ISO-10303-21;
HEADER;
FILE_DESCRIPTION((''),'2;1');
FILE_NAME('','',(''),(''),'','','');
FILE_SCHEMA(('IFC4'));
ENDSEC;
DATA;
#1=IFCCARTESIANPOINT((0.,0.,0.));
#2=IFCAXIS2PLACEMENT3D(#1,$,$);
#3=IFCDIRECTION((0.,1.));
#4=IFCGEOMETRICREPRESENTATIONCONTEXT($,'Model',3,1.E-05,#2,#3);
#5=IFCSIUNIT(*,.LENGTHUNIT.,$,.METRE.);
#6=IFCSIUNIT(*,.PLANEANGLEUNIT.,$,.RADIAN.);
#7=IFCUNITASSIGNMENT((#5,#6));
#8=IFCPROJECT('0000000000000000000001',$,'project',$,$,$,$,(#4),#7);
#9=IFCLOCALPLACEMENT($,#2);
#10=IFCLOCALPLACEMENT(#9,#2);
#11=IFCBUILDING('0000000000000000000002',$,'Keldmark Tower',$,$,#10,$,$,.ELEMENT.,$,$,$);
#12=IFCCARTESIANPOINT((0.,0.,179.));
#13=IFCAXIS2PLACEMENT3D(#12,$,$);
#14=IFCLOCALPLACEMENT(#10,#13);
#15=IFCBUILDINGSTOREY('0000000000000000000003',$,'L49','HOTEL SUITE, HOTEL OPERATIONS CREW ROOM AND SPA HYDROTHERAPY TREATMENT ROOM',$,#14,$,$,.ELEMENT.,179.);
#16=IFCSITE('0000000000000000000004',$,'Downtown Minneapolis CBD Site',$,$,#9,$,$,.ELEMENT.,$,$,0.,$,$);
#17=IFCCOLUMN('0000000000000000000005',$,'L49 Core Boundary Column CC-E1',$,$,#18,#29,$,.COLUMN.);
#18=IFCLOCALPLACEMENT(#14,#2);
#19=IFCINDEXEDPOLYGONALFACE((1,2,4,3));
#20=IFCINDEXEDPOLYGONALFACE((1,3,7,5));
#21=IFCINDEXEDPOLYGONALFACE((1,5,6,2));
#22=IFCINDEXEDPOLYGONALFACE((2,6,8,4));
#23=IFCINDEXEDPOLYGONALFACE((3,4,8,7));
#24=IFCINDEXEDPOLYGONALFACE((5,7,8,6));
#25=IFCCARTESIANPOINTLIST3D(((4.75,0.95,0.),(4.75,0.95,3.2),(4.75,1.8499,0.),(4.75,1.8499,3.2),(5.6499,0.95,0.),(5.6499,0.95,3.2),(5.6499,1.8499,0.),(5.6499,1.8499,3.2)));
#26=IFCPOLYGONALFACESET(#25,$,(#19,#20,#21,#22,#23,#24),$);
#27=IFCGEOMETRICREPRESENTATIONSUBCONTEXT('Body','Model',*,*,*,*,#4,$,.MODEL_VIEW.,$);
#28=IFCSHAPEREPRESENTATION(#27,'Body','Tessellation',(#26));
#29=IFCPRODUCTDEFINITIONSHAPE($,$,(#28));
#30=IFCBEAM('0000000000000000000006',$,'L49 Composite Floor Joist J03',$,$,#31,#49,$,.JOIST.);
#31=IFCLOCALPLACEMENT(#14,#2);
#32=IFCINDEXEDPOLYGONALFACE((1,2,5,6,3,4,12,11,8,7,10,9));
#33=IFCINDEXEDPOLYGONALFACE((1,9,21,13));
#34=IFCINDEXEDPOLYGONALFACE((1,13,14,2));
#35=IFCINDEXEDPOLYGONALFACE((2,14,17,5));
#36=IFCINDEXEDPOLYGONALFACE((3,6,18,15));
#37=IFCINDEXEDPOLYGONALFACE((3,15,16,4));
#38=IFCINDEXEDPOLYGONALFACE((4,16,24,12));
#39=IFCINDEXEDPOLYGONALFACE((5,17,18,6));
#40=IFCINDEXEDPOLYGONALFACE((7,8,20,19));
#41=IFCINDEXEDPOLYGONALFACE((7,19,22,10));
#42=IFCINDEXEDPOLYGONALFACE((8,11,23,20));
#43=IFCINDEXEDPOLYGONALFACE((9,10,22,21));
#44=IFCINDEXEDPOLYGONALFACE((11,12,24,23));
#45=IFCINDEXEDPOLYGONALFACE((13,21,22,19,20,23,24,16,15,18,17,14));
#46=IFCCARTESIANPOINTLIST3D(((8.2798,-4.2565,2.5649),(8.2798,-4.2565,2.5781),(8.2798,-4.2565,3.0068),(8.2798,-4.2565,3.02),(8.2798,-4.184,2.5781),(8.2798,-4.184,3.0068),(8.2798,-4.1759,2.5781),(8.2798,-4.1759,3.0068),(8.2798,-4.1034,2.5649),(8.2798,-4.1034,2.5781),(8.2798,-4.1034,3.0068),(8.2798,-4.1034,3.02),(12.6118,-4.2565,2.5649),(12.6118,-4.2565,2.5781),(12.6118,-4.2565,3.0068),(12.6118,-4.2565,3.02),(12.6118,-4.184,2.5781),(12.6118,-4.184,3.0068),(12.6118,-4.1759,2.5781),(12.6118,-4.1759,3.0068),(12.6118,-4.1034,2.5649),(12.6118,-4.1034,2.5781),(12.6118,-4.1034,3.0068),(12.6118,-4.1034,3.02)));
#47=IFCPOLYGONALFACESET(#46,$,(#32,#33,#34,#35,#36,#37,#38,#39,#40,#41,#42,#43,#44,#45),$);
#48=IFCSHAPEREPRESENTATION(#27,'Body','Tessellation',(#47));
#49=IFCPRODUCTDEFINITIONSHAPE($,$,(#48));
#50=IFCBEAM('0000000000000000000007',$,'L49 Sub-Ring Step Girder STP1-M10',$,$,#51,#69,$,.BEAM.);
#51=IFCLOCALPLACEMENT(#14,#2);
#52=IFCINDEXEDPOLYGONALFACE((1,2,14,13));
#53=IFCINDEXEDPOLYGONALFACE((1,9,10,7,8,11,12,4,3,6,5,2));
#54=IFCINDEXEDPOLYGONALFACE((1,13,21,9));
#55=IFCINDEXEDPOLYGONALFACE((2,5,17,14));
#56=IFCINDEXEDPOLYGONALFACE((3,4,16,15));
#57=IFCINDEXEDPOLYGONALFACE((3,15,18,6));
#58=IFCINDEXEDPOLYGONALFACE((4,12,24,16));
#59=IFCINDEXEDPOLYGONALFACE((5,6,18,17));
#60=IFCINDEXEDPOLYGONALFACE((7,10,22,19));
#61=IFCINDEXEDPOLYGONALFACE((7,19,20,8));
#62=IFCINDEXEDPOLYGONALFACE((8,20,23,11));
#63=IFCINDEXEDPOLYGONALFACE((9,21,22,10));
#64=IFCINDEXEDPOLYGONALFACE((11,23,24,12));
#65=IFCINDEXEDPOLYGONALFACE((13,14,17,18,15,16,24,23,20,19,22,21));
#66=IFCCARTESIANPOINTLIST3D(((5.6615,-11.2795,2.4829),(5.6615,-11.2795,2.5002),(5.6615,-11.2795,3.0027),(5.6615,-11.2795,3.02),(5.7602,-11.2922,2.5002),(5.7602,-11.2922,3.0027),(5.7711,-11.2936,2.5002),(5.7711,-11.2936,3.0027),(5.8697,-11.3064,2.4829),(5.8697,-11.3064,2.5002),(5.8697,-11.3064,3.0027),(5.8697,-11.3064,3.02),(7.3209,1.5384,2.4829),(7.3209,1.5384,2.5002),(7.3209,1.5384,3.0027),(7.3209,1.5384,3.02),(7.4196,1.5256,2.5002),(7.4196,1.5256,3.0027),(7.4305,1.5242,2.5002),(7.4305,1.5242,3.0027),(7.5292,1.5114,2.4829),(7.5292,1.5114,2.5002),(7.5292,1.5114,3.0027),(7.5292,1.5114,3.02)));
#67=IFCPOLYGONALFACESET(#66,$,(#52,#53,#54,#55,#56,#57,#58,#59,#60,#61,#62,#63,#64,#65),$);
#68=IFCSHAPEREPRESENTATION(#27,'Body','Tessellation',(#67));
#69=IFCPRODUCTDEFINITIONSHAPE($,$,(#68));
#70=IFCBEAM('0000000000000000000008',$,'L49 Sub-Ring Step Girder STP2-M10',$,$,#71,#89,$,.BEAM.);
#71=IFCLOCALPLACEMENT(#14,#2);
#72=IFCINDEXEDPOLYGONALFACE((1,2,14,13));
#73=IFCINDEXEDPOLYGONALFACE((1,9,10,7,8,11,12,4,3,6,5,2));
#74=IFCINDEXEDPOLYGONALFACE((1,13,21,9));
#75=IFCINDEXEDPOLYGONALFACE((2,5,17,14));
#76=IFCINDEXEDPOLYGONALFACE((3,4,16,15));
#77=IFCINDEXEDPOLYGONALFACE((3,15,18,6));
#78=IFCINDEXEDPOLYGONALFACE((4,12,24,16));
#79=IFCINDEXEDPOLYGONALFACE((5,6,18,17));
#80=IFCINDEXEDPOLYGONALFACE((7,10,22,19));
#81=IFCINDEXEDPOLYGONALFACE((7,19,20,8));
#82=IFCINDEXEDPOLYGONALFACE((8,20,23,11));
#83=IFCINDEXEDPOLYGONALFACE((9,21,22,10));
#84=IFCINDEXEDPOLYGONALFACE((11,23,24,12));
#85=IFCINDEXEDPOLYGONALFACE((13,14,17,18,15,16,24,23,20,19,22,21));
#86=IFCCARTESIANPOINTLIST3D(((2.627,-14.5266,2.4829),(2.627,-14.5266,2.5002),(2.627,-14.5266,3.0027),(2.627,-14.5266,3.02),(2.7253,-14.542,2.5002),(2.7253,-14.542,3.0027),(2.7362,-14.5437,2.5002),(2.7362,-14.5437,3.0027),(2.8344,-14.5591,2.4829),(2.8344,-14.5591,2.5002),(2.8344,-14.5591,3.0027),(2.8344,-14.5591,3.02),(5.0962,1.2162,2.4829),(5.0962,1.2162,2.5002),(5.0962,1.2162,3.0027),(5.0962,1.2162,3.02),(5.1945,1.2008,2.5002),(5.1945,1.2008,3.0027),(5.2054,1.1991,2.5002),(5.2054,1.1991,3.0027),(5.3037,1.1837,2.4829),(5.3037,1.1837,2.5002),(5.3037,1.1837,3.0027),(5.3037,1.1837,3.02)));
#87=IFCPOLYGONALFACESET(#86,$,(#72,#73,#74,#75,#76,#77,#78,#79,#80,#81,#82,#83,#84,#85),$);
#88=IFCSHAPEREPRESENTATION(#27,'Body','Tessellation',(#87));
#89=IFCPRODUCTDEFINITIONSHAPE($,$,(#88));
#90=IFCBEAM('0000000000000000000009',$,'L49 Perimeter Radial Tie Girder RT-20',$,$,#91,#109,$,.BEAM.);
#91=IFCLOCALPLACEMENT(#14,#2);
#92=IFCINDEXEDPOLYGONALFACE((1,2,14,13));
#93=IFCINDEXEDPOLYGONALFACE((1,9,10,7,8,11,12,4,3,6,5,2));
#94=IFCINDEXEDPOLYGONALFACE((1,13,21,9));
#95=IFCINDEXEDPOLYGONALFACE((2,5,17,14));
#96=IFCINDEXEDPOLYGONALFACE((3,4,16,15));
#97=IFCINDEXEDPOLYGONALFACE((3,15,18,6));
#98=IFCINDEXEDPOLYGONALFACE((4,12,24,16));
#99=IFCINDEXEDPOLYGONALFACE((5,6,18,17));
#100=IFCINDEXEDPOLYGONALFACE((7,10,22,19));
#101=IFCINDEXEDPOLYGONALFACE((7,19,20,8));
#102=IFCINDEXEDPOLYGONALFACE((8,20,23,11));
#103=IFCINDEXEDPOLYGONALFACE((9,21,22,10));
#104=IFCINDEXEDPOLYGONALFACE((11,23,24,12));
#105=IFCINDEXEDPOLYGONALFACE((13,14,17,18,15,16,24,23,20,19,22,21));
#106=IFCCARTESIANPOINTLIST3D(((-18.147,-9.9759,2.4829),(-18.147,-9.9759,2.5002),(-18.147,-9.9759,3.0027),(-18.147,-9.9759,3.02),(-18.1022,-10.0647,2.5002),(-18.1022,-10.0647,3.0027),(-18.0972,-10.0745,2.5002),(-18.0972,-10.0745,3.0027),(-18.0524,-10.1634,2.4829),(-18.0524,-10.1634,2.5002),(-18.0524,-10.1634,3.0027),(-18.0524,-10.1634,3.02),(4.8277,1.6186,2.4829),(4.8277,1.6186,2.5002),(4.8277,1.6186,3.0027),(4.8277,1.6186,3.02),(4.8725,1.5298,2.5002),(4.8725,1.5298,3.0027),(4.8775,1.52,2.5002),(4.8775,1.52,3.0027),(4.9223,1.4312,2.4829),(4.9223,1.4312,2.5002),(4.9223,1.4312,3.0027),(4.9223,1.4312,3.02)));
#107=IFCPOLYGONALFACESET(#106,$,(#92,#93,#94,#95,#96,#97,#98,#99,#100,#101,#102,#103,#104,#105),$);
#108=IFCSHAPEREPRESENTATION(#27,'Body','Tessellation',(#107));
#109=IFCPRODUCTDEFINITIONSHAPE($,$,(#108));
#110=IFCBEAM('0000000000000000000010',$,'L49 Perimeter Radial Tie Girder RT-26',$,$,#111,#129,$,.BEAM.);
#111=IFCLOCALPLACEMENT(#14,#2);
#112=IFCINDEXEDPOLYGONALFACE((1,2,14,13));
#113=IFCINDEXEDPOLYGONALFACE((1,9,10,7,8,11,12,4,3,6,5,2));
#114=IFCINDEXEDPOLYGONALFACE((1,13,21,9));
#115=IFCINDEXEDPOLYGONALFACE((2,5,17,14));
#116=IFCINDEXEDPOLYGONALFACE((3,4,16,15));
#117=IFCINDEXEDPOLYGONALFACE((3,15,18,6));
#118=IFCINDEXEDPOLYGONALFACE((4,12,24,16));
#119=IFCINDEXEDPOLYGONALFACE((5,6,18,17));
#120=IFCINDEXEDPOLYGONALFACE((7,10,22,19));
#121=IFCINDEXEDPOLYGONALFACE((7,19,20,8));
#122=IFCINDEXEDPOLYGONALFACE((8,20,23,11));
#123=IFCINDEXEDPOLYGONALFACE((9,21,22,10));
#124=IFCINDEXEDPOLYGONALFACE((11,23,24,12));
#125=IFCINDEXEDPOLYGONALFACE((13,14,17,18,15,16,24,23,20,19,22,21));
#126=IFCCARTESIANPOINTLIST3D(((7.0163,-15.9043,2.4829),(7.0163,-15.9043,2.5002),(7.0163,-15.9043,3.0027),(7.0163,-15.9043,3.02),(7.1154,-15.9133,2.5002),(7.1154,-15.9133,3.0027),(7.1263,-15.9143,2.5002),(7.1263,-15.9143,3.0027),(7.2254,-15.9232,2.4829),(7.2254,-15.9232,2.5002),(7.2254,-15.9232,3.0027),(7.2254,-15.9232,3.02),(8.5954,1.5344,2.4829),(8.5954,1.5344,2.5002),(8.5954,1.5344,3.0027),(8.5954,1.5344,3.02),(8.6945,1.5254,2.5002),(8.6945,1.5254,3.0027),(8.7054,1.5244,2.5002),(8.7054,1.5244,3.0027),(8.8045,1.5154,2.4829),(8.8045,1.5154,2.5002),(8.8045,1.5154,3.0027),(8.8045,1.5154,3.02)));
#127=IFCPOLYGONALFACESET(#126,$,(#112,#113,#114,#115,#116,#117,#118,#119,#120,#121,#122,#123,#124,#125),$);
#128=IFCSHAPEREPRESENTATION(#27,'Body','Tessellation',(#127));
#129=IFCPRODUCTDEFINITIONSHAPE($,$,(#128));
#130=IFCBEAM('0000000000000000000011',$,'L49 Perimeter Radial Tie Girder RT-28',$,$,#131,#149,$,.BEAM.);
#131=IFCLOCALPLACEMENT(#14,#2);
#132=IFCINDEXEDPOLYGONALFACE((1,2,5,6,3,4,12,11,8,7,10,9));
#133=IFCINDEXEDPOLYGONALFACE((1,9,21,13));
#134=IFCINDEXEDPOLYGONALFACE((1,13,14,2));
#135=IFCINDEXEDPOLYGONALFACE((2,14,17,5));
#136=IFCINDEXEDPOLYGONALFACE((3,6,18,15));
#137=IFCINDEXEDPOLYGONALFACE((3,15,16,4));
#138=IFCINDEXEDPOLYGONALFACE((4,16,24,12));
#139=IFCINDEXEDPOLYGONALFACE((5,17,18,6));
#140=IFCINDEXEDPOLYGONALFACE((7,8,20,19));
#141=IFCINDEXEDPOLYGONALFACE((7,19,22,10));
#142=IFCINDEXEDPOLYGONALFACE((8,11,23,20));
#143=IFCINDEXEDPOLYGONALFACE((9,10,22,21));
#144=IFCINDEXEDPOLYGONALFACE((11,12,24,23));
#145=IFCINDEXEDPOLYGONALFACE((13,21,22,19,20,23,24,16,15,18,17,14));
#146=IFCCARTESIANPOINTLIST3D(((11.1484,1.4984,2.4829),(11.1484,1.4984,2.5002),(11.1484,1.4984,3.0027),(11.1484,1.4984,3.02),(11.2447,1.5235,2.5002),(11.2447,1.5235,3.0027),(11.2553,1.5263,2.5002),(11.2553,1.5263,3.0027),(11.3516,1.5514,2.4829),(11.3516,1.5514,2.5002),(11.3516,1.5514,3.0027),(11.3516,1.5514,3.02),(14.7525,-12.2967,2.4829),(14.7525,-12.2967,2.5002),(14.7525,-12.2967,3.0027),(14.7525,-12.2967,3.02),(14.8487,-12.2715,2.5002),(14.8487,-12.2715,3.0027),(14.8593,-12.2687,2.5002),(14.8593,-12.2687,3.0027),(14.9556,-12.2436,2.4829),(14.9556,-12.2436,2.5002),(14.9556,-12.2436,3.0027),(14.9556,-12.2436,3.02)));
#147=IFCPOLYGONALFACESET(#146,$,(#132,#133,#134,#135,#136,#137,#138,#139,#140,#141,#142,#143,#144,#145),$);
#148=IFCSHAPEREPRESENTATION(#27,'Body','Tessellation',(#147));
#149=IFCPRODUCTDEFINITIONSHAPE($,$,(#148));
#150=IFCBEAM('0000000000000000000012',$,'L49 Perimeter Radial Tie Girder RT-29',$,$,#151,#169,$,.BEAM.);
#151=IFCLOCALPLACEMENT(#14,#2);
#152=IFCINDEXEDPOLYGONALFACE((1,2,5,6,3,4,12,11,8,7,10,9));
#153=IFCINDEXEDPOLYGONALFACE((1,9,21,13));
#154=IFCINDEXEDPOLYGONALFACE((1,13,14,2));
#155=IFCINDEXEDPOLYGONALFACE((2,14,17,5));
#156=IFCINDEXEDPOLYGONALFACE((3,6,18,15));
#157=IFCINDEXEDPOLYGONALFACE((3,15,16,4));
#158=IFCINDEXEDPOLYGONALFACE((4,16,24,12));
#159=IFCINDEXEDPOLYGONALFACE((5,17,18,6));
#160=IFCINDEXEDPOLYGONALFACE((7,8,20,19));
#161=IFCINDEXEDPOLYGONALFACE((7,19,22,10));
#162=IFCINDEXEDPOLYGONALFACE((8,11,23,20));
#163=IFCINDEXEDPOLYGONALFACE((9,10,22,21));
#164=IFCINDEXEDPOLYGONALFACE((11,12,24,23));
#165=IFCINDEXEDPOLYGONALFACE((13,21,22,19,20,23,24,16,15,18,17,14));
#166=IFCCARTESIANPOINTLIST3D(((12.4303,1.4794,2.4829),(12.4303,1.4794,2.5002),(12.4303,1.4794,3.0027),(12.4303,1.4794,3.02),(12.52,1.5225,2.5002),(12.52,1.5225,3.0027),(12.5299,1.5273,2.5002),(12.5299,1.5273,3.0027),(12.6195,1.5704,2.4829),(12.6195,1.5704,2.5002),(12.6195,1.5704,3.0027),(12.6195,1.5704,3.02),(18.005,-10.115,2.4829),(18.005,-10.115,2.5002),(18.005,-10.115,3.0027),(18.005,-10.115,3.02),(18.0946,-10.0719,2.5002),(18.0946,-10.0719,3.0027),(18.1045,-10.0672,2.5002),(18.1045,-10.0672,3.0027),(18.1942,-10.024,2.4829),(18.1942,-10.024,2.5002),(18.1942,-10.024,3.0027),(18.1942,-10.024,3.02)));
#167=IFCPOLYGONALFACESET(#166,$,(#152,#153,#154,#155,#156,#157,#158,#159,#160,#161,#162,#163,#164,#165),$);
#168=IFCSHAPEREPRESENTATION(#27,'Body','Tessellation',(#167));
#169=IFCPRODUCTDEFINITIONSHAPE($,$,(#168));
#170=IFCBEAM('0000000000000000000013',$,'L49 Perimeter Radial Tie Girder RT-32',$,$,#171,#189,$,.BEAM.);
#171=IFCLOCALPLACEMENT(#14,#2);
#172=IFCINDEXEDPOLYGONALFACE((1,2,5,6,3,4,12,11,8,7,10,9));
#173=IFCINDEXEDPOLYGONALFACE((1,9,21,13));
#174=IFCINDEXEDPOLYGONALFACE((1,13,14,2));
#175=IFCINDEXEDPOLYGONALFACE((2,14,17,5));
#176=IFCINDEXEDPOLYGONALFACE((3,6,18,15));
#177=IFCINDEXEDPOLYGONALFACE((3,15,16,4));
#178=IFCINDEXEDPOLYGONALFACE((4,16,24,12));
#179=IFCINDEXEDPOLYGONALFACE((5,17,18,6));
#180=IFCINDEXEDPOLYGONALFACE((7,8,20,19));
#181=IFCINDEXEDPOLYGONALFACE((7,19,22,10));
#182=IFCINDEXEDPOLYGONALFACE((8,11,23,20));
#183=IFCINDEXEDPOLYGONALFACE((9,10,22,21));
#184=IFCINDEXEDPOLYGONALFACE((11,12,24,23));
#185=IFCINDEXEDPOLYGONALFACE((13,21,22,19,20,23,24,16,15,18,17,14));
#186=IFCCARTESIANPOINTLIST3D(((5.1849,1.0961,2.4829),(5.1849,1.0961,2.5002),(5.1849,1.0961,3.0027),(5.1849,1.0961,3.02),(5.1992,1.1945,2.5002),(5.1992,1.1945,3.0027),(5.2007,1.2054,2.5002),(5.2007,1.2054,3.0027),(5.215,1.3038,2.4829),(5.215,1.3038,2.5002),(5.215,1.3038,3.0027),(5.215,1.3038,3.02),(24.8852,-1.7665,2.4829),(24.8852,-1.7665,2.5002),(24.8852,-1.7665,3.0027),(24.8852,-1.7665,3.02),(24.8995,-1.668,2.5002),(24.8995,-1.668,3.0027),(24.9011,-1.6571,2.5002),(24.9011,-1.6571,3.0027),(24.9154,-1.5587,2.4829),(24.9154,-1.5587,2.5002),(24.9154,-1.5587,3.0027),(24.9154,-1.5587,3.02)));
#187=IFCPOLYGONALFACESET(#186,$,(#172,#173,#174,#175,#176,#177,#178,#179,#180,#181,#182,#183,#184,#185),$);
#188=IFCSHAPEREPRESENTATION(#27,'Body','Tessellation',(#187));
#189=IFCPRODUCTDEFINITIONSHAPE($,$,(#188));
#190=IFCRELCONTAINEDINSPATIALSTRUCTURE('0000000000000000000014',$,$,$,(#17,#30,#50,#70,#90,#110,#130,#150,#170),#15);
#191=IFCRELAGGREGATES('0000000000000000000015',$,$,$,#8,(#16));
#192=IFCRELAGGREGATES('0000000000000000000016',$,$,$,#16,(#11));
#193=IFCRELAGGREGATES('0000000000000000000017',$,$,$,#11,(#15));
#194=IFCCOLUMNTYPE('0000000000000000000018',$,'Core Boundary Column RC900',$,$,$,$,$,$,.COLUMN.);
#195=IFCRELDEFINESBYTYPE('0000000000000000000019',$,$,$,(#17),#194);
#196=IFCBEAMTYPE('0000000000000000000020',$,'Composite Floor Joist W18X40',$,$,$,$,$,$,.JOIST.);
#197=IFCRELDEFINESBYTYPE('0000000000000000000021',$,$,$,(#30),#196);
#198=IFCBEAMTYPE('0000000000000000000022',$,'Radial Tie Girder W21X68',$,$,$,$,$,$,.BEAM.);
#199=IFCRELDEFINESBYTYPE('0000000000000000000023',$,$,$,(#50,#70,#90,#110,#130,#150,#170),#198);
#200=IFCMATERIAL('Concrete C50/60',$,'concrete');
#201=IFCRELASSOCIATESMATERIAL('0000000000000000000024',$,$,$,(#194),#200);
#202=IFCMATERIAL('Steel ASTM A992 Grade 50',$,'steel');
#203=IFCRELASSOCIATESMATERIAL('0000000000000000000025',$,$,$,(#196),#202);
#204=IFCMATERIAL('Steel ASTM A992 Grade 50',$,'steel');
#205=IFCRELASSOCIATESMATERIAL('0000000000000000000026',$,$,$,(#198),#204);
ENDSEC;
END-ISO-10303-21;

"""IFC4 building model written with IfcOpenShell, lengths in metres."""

from ifc_helpers import new_model, si_unit, direction, frame, origin, origin_2d, place, context, subcontext, project, spatial, rectangle, i_section, extrude, material, material_profile, profile_set, type_object, element, save


model = new_model("IFC4")

# Units and contexts
model_context = context("Model", 3, precision=1e-05, world=origin(), true_north=direction((0.0, 1.0)))
body_context = subcontext(model_context, "Body", "Model", "MODEL_VIEW")
ifc_project = project(units=[si_unit("LENGTHUNIT", "METRE"), si_unit("PLANEANGLEUNIT", "RADIAN")], contexts=[model_context])

# Site, building, storey
site_placement = place(None, origin())
site = spatial("IfcSite", under=ifc_project, at=site_placement, Name="Downtown Minneapolis CBD Site", CompositionType="ELEMENT", RefElevation=0.0)
building_placement = place(site_placement, origin())
building = spatial("IfcBuilding", under=site, at=building_placement, Name="Keldmark Tower", CompositionType="ELEMENT")
storey_placement = place(building_placement, frame((0.0, 0.0, 179.0)))
storey = spatial("IfcBuildingStorey", under=building, at=storey_placement, Name="L49", Description="HOTEL SUITE, HOTEL OPERATIONS CREW ROOM AND SPA HYDROTHERAPY TREATMENT ROOM", CompositionType="ELEMENT", Elevation=179.0)

# Column
ifc_material_1 = material(Name="Concrete C50/60", Category="concrete")
ifc_material_profile_1 = material_profile(ifc_material_1, rectangle(XDim=0.8999, YDim=0.8999, at=origin_2d()), Name="RC900X900")
ifc_profile_set_1 = profile_set([ifc_material_profile_1], Name="Concrete C50/60")
column_type = type_object("IfcColumnType", Name="Core Boundary Column RC900", PredefinedType="COLUMN", material=ifc_profile_set_1)
column_placement = place(storey_placement, frame((5.2, 1.3999, 0.0), z_axis=(0.0, 0.0, 1.0), x_axis=(1.0, 0.0, 0.0)))
element("IfcColumn", 1, at=column_placement, inside=storey, type_object=column_type, Name="L49 Core Boundary Column CC-E1", PredefinedType="COLUMN", context=body_context, shape_type="SweptSolid", body=[
    extrude(rectangle(XDim=0.8999, YDim=0.8999, at=origin_2d()), origin(), (0.0, 0.0, 1.0), 3.2),
])

# Beams
ifc_material_2 = material(Name="Steel ASTM A992 Grade 50", Category="steel")
ifc_material_profile_2 = material_profile(ifc_material_2, i_section(OverallWidth=0.1531, OverallDepth=0.4551, WebThickness=0.0081, FlangeThickness=0.0132, at=origin_2d()), Name="W18X40")
ifc_profile_set_2 = profile_set([ifc_material_profile_2], Name="Steel ASTM A992 Grade 50")
beam_type_1 = type_object("IfcBeamType", Name="Composite Floor Joist W18X40", PredefinedType="JOIST", material=ifc_profile_set_2)
beam_1_placement = place(storey_placement, frame((8.2798, -4.1799, 2.7925), z_axis=(1.0, 0.0, 0.0), x_axis=(0.0, 1.0, 0.0)))
element("IfcBeam", 2, at=beam_1_placement, inside=storey, type_object=beam_type_1, Name="L49 Composite Floor Joist J03", PredefinedType="JOIST", context=body_context, shape_type="SweptSolid", body=[
    extrude(i_section(OverallWidth=0.1531, OverallDepth=0.4551, WebThickness=0.0081, FlangeThickness=0.0132, at=origin_2d()), origin(), (0.0, 0.0, 1.0), 4.332),
])
ifc_material_3 = material(Name="Steel ASTM A992 Grade 50", Category="steel")
ifc_material_profile_3 = material_profile(ifc_material_3, i_section(OverallWidth=0.21, OverallDepth=0.5371, WebThickness=0.011, FlangeThickness=0.0173, at=origin_2d()), Name="W21X68")
ifc_profile_set_3 = profile_set([ifc_material_profile_3], Name="Steel ASTM A992 Grade 50")
beam_type_2 = type_object("IfcBeamType", Name="Radial Tie Girder W21X68", PredefinedType="BEAM", material=ifc_profile_set_3)
beam_2_placement = place(storey_placement, frame((7.425, 1.5249, 2.7515), z_axis=(-0.12839, -0.991724, 0.0), x_axis=(0.991724, -0.12839, 0.0)))
element("IfcBeam", 3, at=beam_2_placement, inside=storey, type_object=beam_type_2, Name="L49 Sub-Ring Step Girder STP1-M10", PredefinedType="BEAM", context=body_context, shape_type="SweptSolid", body=[
    extrude(i_section(OverallWidth=0.21, OverallDepth=0.5371, WebThickness=0.011, FlangeThickness=0.0173, at=origin_2d()), origin(), (0.0, 0.0, 1.0), 12.9248),
])
beam_3_placement = place(storey_placement, frame((5.2, 1.2, 2.7515), z_axis=(-0.154953, -0.987922, 0.0), x_axis=(0.987922, -0.154953, 0.0)))
element("IfcBeam", 4, at=beam_3_placement, inside=storey, type_object=beam_type_2, Name="L49 Sub-Ring Step Girder STP2-M10", PredefinedType="BEAM", context=body_context, shape_type="SweptSolid", body=[
    extrude(i_section(OverallWidth=0.21, OverallDepth=0.5371, WebThickness=0.011, FlangeThickness=0.0173, at=origin_2d()), origin(), (0.0, 0.0, 1.0), 15.9353),
])
beam_4_placement = place(storey_placement, frame((4.875, 1.5249, 2.7515), z_axis=(-0.892755, -0.450542, 0.0), x_axis=(0.450542, -0.892755, 0.0)))
element("IfcBeam", 5, at=beam_4_placement, inside=storey, type_object=beam_type_2, Name="L49 Perimeter Radial Tie Girder RT-20", PredefinedType="BEAM", context=body_context, shape_type="SweptSolid", body=[
    extrude(i_section(OverallWidth=0.21, OverallDepth=0.5371, WebThickness=0.011, FlangeThickness=0.0173, at=origin_2d()), origin(), (0.0, 0.0, 1.0), 25.7346),
])
beam_5_placement = place(storey_placement, frame((8.7, 1.5249, 2.7515), z_axis=(-0.090182, -0.995925, 0.0), x_axis=(0.995925, -0.090182, 0.0)))
element("IfcBeam", 6, at=beam_5_placement, inside=storey, type_object=beam_type_2, Name="L49 Perimeter Radial Tie Girder RT-26", PredefinedType="BEAM", context=body_context, shape_type="SweptSolid", body=[
    extrude(i_section(OverallWidth=0.21, OverallDepth=0.5371, WebThickness=0.011, FlangeThickness=0.0173, at=origin_2d()), origin(), (0.0, 0.0, 1.0), 17.51),
])
beam_6_placement = place(storey_placement, frame((11.25, 1.5249, 2.7515), z_axis=(0.252772, -0.967526, 0.0), x_axis=(0.967526, 0.252772, 0.0)))
element("IfcBeam", 7, at=beam_6_placement, inside=storey, type_object=beam_type_2, Name="L49 Perimeter Radial Tie Girder RT-28", PredefinedType="BEAM", context=body_context, shape_type="SweptSolid", body=[
    extrude(i_section(OverallWidth=0.21, OverallDepth=0.5371, WebThickness=0.011, FlangeThickness=0.0173, at=origin_2d()), origin(), (0.0, 0.0, 1.0), 14.2581),
])
beam_7_placement = place(storey_placement, frame((12.5249, 1.5249, 2.7515), z_axis=(0.433322, -0.901239, 0.0), x_axis=(0.901239, 0.433322, 0.0)))
element("IfcBeam", 8, at=beam_7_placement, inside=storey, type_object=beam_type_2, Name="L49 Perimeter Radial Tie Girder RT-29", PredefinedType="BEAM", context=body_context, shape_type="SweptSolid", body=[
    extrude(i_section(OverallWidth=0.21, OverallDepth=0.5371, WebThickness=0.011, FlangeThickness=0.0173, at=origin_2d()), origin(), (0.0, 0.0, 1.0), 12.865),
])
beam_8_placement = place(storey_placement, frame((5.2, 1.2, 2.7515), z_axis=(0.989608, -0.143794, 0.0), x_axis=(0.143794, 0.989608, 0.0)))
element("IfcBeam", 9, at=beam_8_placement, inside=storey, type_object=beam_type_2, Name="L49 Perimeter Radial Tie Girder RT-32", PredefinedType="BEAM", context=body_context, shape_type="SweptSolid", body=[
    extrude(i_section(OverallWidth=0.21, OverallDepth=0.5371, WebThickness=0.011, FlangeThickness=0.0173, at=origin_2d()), origin(), (0.0, 0.0, 1.0), 19.9072),
])

save(model, "model.ifc")
